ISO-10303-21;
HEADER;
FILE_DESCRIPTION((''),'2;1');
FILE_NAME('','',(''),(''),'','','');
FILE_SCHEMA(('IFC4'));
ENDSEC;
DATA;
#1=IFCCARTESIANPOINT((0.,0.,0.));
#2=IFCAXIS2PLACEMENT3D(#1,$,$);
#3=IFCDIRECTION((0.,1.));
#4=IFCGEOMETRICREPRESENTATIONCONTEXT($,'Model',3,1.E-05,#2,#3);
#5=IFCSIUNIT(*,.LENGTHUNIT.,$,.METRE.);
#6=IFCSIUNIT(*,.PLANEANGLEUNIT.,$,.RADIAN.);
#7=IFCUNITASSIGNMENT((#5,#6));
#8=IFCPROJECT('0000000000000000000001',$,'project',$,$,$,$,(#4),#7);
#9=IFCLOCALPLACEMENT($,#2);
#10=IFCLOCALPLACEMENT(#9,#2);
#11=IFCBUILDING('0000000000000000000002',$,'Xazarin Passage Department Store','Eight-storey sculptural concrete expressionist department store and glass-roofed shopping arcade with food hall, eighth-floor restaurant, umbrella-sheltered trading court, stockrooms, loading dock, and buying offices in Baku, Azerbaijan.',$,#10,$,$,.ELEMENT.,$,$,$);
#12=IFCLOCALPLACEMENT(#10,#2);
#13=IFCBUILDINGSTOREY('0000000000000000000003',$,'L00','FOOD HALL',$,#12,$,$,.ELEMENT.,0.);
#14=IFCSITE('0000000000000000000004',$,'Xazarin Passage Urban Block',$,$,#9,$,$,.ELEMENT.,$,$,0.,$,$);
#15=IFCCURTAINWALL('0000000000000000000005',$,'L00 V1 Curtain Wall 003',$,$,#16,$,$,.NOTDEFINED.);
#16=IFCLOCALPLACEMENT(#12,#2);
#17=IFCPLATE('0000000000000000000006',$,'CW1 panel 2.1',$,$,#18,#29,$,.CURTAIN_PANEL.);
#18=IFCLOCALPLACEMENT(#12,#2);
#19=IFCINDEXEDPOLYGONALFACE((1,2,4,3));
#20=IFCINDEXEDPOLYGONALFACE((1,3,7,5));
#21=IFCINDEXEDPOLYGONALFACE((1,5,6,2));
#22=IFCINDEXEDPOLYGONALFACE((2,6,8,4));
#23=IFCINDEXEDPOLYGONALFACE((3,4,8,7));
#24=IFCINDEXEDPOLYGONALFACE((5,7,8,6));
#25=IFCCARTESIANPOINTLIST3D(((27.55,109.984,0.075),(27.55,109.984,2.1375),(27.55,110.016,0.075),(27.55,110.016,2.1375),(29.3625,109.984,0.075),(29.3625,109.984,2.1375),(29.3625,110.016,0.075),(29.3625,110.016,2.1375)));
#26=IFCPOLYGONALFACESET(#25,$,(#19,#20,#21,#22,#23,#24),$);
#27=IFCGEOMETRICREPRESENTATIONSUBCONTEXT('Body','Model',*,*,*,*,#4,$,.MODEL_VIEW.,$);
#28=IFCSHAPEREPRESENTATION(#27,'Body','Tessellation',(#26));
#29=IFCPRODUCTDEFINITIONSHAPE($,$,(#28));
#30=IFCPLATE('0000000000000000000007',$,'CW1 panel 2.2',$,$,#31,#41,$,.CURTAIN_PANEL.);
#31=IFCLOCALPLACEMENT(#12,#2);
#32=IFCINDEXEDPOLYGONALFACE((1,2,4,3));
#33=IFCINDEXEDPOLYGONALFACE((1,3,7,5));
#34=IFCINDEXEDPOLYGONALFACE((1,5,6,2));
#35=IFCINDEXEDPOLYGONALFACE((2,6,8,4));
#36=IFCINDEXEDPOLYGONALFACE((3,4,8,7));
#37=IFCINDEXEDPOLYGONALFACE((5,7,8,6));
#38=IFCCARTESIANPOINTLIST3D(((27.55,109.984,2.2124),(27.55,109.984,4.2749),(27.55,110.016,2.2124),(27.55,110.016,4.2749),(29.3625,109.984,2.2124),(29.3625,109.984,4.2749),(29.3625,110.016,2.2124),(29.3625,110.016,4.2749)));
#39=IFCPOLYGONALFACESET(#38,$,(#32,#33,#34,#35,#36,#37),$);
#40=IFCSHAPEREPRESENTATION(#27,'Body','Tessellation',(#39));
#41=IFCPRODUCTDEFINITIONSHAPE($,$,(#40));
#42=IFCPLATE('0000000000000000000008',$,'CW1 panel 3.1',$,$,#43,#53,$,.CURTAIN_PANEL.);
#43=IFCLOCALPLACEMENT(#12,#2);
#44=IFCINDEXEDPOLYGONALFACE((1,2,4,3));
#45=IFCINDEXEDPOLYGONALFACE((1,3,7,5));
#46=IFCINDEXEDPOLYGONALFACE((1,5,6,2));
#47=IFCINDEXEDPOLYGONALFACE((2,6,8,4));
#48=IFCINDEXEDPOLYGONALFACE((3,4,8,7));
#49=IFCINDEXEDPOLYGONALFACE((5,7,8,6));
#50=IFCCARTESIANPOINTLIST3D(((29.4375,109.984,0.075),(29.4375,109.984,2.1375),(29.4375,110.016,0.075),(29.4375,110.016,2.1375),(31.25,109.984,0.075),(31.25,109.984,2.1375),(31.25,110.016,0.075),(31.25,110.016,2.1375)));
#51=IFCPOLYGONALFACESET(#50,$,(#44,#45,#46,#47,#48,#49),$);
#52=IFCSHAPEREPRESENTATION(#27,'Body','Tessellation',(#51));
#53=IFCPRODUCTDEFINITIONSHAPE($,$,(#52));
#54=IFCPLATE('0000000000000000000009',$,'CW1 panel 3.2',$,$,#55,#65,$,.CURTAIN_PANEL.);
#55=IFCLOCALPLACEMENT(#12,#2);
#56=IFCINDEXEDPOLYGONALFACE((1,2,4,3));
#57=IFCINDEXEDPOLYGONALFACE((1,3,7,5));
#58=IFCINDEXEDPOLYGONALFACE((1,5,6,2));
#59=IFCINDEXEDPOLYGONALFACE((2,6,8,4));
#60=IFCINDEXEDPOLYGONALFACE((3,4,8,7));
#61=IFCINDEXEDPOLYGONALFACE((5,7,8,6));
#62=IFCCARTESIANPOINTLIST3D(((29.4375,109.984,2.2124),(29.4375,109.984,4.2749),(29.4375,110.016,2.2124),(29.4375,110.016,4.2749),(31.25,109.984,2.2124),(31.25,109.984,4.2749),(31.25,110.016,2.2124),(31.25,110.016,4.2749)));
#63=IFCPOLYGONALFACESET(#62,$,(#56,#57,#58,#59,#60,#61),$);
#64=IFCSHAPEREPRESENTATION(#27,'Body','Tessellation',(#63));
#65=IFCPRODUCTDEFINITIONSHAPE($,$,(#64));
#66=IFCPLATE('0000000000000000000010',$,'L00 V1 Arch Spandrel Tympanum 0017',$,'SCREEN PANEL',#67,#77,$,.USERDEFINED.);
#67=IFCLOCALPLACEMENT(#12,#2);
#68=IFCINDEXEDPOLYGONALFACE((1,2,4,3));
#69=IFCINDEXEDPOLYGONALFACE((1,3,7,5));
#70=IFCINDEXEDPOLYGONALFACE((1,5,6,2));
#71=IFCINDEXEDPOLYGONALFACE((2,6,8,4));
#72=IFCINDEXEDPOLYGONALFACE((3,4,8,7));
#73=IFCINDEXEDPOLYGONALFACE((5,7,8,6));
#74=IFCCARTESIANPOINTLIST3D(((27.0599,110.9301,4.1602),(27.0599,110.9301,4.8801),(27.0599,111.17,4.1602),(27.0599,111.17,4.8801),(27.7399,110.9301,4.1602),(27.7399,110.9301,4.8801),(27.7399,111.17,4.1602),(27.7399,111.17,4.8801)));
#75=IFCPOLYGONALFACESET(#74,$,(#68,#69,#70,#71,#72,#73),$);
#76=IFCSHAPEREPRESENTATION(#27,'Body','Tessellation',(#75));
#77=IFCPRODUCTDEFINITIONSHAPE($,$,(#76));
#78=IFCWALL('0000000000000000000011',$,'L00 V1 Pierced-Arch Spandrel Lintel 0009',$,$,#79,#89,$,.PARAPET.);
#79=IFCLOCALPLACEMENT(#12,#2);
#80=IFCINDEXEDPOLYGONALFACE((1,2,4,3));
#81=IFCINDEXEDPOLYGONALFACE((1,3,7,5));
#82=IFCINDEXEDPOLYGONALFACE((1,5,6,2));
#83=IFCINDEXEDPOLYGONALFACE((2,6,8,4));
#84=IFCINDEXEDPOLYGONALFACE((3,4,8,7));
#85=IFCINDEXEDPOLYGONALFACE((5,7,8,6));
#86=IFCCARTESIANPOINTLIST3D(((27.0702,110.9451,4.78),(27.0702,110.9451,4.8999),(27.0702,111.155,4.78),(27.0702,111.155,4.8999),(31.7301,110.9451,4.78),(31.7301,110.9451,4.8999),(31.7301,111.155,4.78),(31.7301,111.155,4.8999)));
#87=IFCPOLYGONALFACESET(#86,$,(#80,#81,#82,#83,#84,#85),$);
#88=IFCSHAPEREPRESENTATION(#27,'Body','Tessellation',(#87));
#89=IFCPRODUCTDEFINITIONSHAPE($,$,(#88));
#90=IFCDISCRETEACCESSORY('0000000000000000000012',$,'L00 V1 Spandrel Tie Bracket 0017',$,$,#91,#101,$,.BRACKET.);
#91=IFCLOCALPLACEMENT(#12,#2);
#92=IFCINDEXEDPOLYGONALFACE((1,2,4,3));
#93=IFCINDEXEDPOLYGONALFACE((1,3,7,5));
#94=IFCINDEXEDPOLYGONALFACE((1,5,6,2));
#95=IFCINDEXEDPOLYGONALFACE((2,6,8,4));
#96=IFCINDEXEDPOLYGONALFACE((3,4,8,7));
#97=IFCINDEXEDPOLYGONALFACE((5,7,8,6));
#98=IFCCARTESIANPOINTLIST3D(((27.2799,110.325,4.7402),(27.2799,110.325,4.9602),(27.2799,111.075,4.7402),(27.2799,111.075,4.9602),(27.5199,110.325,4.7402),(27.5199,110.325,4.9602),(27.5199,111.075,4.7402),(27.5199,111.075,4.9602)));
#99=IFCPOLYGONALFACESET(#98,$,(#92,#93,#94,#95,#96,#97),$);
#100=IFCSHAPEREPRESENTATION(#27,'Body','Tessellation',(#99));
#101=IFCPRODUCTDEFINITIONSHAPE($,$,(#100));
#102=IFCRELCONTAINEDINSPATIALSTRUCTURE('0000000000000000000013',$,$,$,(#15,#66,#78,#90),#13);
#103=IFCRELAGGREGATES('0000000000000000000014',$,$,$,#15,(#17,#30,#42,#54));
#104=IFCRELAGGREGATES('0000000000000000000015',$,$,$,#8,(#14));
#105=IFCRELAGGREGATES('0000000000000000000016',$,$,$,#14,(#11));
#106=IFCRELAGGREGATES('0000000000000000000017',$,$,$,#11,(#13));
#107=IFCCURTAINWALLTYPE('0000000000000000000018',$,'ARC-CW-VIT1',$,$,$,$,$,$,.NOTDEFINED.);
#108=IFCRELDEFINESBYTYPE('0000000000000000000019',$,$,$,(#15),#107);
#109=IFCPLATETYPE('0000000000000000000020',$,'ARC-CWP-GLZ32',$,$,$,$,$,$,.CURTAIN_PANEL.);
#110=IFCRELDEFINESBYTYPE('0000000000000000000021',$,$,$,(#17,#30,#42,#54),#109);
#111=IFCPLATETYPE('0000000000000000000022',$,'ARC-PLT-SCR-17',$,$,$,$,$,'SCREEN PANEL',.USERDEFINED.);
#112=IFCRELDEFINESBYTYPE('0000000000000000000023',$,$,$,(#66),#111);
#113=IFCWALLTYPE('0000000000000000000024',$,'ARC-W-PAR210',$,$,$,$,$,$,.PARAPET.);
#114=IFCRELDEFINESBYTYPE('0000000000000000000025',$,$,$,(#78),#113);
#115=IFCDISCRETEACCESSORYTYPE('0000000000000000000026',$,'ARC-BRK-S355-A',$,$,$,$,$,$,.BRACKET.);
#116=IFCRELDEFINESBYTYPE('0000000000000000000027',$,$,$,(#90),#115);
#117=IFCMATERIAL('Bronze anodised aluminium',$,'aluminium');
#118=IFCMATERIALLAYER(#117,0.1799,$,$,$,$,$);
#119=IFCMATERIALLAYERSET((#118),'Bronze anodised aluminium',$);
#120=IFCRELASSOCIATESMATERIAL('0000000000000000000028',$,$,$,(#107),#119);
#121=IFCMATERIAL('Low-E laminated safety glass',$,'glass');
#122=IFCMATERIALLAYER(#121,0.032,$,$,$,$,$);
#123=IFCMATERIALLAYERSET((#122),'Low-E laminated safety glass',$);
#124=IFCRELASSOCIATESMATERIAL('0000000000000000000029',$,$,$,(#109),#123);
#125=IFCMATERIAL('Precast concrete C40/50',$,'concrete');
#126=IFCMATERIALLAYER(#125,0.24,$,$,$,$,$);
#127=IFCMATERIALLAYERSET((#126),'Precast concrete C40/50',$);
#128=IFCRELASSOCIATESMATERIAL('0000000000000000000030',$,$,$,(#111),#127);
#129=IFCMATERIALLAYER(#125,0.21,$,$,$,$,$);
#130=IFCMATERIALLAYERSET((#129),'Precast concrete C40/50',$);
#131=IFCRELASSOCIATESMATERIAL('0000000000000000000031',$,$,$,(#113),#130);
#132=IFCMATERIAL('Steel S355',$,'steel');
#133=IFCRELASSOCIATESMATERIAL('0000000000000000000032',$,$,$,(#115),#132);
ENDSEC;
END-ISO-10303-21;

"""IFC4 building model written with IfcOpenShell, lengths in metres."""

from ifc_helpers import new_model, si_unit, direction, frame, frame_2d, origin, origin_2d, place, context, subcontext, project, spatial, rectangle, extrude, material, layer, layer_set, type_object, element, aggregate, save


model = new_model("IFC4")

# Units and contexts
model_context = context("Model", 3, precision=1e-05, world=origin(), true_north=direction((0.0, 1.0)))
body_context = subcontext(model_context, "Body", "Model", "MODEL_VIEW")
ifc_project = project(units=[si_unit("LENGTHUNIT", "METRE"), si_unit("PLANEANGLEUNIT", "RADIAN")], contexts=[model_context])

# Site, building, storey
site_placement = place(None, origin())
site = spatial("IfcSite", under=ifc_project, at=site_placement, Name="Xazarin Passage Urban Block", CompositionType="ELEMENT", RefElevation=0.0)
building_placement = place(site_placement, origin())
building = spatial("IfcBuilding", under=site, at=building_placement, Name="Xazarin Passage Department Store", Description="Eight-storey sculptural concrete expressionist department store and glass-roofed shopping arcade with food hall, eighth-floor restaurant, umbrella-sheltered trading court, stockrooms, loading dock, and buying offices in Baku, Azerbaijan.", CompositionType="ELEMENT")
storey_placement = place(building_placement, origin())
storey = spatial("IfcBuildingStorey", under=building, at=storey_placement, Name="L00", Description="FOOD HALL", CompositionType="ELEMENT", Elevation=0.0)

# Curtain wall
ifc_material_1 = material(Name="Bronze anodised aluminium", Category="aluminium")
ifc_layer_1 = layer(ifc_material_1, 0.1799)
ifc_layer_set_1 = layer_set([ifc_layer_1], Name="Bronze anodised aluminium")
curtain_wall_type = type_object("IfcCurtainWallType", Name="ARC-CW-VIT1", PredefinedType="NOTDEFINED", material=ifc_layer_set_1)
curtain_wall_placement = place(storey_placement, origin())
curtain_wall = element("IfcCurtainWall", 1, at=curtain_wall_placement, inside=storey, type_object=curtain_wall_type, Name="L00 V1 Curtain Wall 003", PredefinedType="NOTDEFINED")

# Shared definitions
ifc_material_2 = material(Name="Steel S355", Category="steel")

# Plates
ifc_material_3 = material(Name="Low-E laminated safety glass", Category="glass")
ifc_layer_2 = layer(ifc_material_3, 0.032)
ifc_layer_set_2 = layer_set([ifc_layer_2], Name="Low-E laminated safety glass")
plate_type_1 = type_object("IfcPlateType", Name="ARC-CWP-GLZ32", PredefinedType="CURTAIN_PANEL", material=ifc_layer_set_2)
plate_1_placement = place(storey_placement, frame((28.4563, 110.0, 0.075), z_axis=(0.0, 0.0, 1.0), x_axis=(1.0, 0.0, 0.0)))
plate_1 = element("IfcPlate", 2, at=plate_1_placement, type_object=plate_type_1, Name="CW1 panel 2.1", PredefinedType="CURTAIN_PANEL", context=body_context, shape_type="SweptSolid", body=[
    extrude(rectangle(XDim=1.8125, YDim=0.032, at=origin_2d()), origin(), (0.0, 0.0, 1.0), 2.0625),
])
plate_2_placement = place(storey_placement, frame((28.4563, 110.0, 2.2124), z_axis=(0.0, 0.0, 1.0), x_axis=(1.0, 0.0, 0.0)))
plate_2 = element("IfcPlate", 3, at=plate_2_placement, type_object=plate_type_1, Name="CW1 panel 2.2", PredefinedType="CURTAIN_PANEL", context=body_context, shape_type="SweptSolid", body=[
    extrude(rectangle(XDim=1.8125, YDim=0.032, at=origin_2d()), origin(), (0.0, 0.0, 1.0), 2.0625),
])
plate_3_placement = place(storey_placement, frame((30.3438, 110.0, 0.075), z_axis=(0.0, 0.0, 1.0), x_axis=(1.0, 0.0, 0.0)))
plate_3 = element("IfcPlate", 4, at=plate_3_placement, type_object=plate_type_1, Name="CW1 panel 3.1", PredefinedType="CURTAIN_PANEL", context=body_context, shape_type="SweptSolid", body=[
    extrude(rectangle(XDim=1.8125, YDim=0.032, at=origin_2d()), origin(), (0.0, 0.0, 1.0), 2.0625),
])
plate_4_placement = place(storey_placement, frame((30.3438, 110.0, 2.2124), z_axis=(0.0, 0.0, 1.0), x_axis=(1.0, 0.0, 0.0)))
plate_4 = element("IfcPlate", 5, at=plate_4_placement, type_object=plate_type_1, Name="CW1 panel 3.2", PredefinedType="CURTAIN_PANEL", context=body_context, shape_type="SweptSolid", body=[
    extrude(rectangle(XDim=1.8125, YDim=0.032, at=origin_2d()), origin(), (0.0, 0.0, 1.0), 2.0625),
])
aggregate(curtain_wall, [plate_1, plate_2, plate_3, plate_4])
ifc_material_4 = material(Name="Precast concrete C40/50", Category="concrete")
ifc_layer_3 = layer(ifc_material_4, 0.24)
ifc_layer_set_3 = layer_set([ifc_layer_3], Name="Precast concrete C40/50")
plate_type_2 = type_object("IfcPlateType", Name="ARC-PLT-SCR-17", ElementType="SCREEN PANEL", PredefinedType="USERDEFINED", material=ifc_layer_set_3)
plate_5_placement = place(storey_placement, frame((27.3999, 111.05, 4.1602), z_axis=(0.0, 0.0, 1.0), x_axis=(1.0, 0.0, 0.0)))
element("IfcPlate", 6, at=plate_5_placement, inside=storey, type_object=plate_type_2, Name="L00 V1 Arch Spandrel Tympanum 0017", ObjectType="SCREEN PANEL", PredefinedType="USERDEFINED", context=body_context, shape_type="SweptSolid", body=[
    extrude(rectangle(XDim=0.6799, YDim=0.24, at=origin_2d()), origin(), (0.0, 0.0, 1.0), 0.72),
])

# Wall
ifc_layer_4 = layer(ifc_material_4, 0.21)
ifc_layer_set_4 = layer_set([ifc_layer_4], Name="Precast concrete C40/50")
wall_type = type_object("IfcWallType", Name="ARC-W-PAR210", PredefinedType="PARAPET", material=ifc_layer_set_4)
wall_placement = place(storey_placement, frame((27.0701, 111.05, 4.78), z_axis=(0.0, 0.0, 1.0), x_axis=(1.0, 0.0, 0.0)))
element("IfcWall", 7, at=wall_placement, inside=storey, type_object=wall_type, Name="L00 V1 Pierced-Arch Spandrel Lintel 0009", PredefinedType="PARAPET", context=body_context, shape_type="SweptSolid", body=[
    extrude(rectangle(XDim=4.6599, YDim=0.21, at=frame_2d((2.3301, 0.0))), origin(), (0.0, 0.0, 1.0), 0.1199),
])

# Discrete accessory
discrete_accessory_type = type_object("IfcDiscreteAccessoryType", Name="ARC-BRK-S355-A", PredefinedType="BRACKET", material=ifc_material_2)
discrete_accessory_placement = place(storey_placement, frame((27.3999, 110.7, 4.7402), z_axis=(0.0, 0.0, 1.0), x_axis=(1.0, 0.0, 0.0)))
element("IfcDiscreteAccessory", 8, at=discrete_accessory_placement, inside=storey, type_object=discrete_accessory_type, Name="L00 V1 Spandrel Tie Bracket 0017", PredefinedType="BRACKET", context=body_context, shape_type="SweptSolid", body=[
    extrude(rectangle(XDim=0.24, YDim=0.75, at=origin_2d()), origin(), (0.0, 0.0, 1.0), 0.22),
])

save(model, "model.ifc")
